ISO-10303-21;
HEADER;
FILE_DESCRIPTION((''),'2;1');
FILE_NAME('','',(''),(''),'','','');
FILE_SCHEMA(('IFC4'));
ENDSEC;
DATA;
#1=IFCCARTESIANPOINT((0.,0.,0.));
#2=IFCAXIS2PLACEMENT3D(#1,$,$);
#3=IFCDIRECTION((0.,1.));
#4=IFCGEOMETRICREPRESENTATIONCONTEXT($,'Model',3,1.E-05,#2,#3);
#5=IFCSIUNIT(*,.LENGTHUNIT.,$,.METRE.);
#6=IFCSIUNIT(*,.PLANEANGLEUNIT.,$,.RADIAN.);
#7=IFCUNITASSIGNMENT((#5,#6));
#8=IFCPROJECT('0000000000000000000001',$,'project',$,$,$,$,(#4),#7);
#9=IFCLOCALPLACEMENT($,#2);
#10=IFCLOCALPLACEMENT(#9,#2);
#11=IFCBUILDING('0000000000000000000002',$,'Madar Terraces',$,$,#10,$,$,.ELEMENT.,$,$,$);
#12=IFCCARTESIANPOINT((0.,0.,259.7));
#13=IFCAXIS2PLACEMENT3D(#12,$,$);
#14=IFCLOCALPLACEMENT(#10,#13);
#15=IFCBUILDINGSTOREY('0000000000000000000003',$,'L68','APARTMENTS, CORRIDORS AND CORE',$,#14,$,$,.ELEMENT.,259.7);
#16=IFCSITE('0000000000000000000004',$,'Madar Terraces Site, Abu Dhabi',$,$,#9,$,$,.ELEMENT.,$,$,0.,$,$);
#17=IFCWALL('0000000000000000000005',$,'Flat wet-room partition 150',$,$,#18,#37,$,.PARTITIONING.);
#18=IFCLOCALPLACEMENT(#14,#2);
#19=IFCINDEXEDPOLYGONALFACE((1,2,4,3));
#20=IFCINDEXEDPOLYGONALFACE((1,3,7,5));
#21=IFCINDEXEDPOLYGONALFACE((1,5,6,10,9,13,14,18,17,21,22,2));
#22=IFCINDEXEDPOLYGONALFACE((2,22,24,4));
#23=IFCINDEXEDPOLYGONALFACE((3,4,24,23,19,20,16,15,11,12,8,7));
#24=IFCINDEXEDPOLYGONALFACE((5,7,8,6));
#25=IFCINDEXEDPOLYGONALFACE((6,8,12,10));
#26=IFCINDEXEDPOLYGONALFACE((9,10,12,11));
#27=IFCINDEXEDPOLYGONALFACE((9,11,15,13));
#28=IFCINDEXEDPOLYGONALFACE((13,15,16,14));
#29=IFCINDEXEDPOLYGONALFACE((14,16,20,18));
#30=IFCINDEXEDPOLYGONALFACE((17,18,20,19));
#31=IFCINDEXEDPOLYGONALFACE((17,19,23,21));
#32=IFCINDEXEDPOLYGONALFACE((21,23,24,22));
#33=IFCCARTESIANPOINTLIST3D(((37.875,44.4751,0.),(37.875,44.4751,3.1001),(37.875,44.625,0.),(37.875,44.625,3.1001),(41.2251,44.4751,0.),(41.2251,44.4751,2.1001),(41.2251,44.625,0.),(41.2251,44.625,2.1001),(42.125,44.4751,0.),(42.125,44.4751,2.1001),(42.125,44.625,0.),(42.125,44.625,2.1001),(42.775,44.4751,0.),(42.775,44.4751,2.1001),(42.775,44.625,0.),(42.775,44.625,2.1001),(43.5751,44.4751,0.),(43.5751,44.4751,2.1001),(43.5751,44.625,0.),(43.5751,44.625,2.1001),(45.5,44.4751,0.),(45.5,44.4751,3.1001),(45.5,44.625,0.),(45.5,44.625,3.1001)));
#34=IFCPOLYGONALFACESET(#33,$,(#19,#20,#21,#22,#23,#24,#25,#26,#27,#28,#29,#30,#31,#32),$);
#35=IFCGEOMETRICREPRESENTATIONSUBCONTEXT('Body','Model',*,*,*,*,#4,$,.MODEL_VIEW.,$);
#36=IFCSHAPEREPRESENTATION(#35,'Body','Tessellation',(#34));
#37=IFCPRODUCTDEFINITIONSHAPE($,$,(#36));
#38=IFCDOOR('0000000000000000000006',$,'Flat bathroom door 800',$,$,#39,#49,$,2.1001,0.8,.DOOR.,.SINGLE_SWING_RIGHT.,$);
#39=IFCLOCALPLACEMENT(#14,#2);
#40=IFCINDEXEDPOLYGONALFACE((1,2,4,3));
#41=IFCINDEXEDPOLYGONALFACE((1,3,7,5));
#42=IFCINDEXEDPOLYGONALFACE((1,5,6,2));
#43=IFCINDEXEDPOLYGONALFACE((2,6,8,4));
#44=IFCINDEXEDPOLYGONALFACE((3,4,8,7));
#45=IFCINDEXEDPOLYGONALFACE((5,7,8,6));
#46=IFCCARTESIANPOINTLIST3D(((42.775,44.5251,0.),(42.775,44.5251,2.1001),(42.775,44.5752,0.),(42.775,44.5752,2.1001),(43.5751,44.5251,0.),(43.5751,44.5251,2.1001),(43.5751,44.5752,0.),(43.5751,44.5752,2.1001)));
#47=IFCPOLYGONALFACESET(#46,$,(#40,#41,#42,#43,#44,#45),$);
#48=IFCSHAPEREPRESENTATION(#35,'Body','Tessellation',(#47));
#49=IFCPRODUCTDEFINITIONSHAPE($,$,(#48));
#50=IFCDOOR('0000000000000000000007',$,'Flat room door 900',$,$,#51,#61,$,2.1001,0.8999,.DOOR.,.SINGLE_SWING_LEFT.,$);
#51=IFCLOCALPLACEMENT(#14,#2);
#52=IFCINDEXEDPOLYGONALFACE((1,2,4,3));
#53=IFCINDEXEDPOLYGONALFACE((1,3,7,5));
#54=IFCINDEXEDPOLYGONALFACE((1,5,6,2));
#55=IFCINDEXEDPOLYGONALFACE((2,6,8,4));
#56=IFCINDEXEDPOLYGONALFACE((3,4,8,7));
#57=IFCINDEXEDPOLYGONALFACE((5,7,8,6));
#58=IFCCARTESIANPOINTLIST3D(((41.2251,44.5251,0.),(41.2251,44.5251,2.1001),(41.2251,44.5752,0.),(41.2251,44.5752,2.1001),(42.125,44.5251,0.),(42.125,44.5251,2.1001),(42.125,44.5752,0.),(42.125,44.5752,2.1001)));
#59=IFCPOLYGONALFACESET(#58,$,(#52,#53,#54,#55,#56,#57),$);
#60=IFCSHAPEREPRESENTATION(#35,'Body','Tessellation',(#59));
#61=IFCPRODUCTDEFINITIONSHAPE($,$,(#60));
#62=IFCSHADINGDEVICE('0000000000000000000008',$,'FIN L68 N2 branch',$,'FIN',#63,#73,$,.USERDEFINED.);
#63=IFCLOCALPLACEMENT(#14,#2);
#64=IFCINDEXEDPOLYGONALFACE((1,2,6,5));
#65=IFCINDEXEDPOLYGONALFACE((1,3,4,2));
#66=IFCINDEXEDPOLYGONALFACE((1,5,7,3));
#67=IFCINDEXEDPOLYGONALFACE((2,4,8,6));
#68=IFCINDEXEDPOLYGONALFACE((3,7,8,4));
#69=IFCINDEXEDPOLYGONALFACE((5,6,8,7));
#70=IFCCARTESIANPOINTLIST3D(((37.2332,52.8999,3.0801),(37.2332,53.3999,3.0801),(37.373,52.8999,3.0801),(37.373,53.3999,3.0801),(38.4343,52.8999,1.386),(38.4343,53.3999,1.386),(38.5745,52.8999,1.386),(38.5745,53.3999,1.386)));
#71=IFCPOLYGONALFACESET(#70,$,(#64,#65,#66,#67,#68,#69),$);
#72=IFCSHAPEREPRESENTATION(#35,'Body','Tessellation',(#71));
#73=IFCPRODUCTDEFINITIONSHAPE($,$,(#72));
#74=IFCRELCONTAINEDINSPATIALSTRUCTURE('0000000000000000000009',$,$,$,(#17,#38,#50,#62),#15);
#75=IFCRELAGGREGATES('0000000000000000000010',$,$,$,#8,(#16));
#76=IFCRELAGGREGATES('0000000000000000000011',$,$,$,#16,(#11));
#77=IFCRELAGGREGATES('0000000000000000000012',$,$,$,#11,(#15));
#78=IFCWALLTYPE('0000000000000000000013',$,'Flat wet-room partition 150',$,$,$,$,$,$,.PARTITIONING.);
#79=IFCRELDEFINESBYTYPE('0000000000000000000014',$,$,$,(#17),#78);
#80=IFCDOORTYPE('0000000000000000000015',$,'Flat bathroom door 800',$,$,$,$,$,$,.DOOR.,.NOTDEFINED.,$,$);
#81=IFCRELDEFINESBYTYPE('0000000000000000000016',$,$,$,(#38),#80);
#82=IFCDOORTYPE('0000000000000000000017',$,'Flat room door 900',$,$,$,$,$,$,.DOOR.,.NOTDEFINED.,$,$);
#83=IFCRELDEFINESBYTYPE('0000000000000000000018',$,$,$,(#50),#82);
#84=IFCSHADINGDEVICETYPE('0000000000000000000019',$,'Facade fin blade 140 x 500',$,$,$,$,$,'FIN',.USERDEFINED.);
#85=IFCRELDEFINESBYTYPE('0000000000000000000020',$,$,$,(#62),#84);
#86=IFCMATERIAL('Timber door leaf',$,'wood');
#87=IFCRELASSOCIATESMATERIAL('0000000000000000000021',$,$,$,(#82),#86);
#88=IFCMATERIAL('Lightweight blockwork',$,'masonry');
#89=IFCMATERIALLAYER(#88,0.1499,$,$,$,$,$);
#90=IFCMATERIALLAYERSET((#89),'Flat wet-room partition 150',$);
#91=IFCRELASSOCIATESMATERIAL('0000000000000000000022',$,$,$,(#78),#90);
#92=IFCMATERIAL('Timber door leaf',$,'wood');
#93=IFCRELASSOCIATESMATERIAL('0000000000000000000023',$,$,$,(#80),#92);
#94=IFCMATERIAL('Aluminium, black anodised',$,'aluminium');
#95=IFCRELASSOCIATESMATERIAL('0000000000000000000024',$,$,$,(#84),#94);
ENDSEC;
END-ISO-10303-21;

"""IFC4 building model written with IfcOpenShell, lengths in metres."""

from ifc_helpers import new_model, si_unit, direction, frame, frame_2d, origin, place, context, subcontext, project, spatial, polyline, rectangle, outline, extrude, material, layer, layer_set, type_object, element, fill, save


model = new_model("IFC4")

# Units and contexts
model_context = context("Model", 3, precision=1e-05, world=origin(), true_north=direction((0.0, 1.0)))
body_context = subcontext(model_context, "Body", "Model", "MODEL_VIEW")
ifc_project = project(units=[si_unit("LENGTHUNIT", "METRE"), si_unit("PLANEANGLEUNIT", "RADIAN")], contexts=[model_context])

# Site, building, storey
site_placement = place(None, origin())
site = spatial("IfcSite", under=ifc_project, at=site_placement, Name="Madar Terraces Site, Abu Dhabi", CompositionType="ELEMENT", RefElevation=0.0)
building_placement = place(site_placement, origin())
building = spatial("IfcBuilding", under=site, at=building_placement, Name="Madar Terraces", CompositionType="ELEMENT")
storey_placement = place(building_placement, frame((0.0, 0.0, 259.7)))
storey = spatial("IfcBuildingStorey", under=building, at=storey_placement, Name="L68", Description="APARTMENTS, CORRIDORS AND CORE", CompositionType="ELEMENT", Elevation=259.7)

# Shared definitions
ifc_material_1 = material(Name="Timber door leaf", Category="wood")
door_type_1 = type_object("IfcDoorType", Name="Flat room door 900", OperationType="NOTDEFINED", PredefinedType="DOOR", material=ifc_material_1)

# Shared definitions
ifc_material_2 = material(Name="Lightweight blockwork", Category="masonry")
ifc_layer_1 = layer(ifc_material_2, 0.1499)
ifc_layer_set_1 = layer_set([ifc_layer_1], Name="Flat wet-room partition 150")
wall_type_1 = type_object("IfcWallType", Name="Flat wet-room partition 150", PredefinedType="PARTITIONING", material=ifc_layer_set_1)

# Wall, openings, doors
wall_1_placement = place(storey_placement, frame((45.5, 44.55, 0.0), z_axis=(0.0, 0.0, 1.0), x_axis=(-1.0, 0.0, 0.0)))
wall_1 = element("IfcWall", 1, at=wall_1_placement, inside=storey, type_object=wall_type_1, Name="Flat wet-room partition 150", PredefinedType="PARTITIONING", context=body_context, shape_type="SweptSolid", body=[
    extrude(rectangle(XDim=7.625, YDim=0.1499, at=frame_2d((3.8125, 0.0))), origin(), (0.0, 0.0, 1.0), 3.1001),
])
opening_1_placement = place(wall_1_placement, frame((3.375, 0.0, 0.0)))
opening_1 = element("IfcOpeningElement", 2, at=opening_1_placement, cuts=wall_1, PredefinedType="OPENING", context=body_context, shape_type="SweptSolid", body=[
    extrude(rectangle(XDim=0.8999, YDim=2.1001, at=frame_2d((0.45, 1.05))), frame((0.0, 0.085, 0.0), z_axis=(0.0, -1.0, 0.0), x_axis=(1.0, 0.0, 0.0)), (0.0, 0.0, 1.0), 0.1699),
])
opening_2_placement = place(wall_1_placement, frame((1.925, 0.0, 0.0)))
opening_2 = element("IfcOpeningElement", 3, at=opening_2_placement, cuts=wall_1, PredefinedType="OPENING", context=body_context, shape_type="SweptSolid", body=[
    extrude(rectangle(XDim=0.8, YDim=2.1001, at=frame_2d((0.3999, 1.05))), frame((0.0, 0.085, 0.0), z_axis=(0.0, -1.0, 0.0), x_axis=(1.0, 0.0, 0.0)), (0.0, 0.0, 1.0), 0.1699),
])
ifc_material_3 = material(Name="Timber door leaf", Category="wood")
door_type_2 = type_object("IfcDoorType", Name="Flat bathroom door 800", OperationType="NOTDEFINED", PredefinedType="DOOR", material=ifc_material_3)
door_1_placement = place(opening_2_placement, origin())
door_1 = element("IfcDoor", 4, at=door_1_placement, inside=storey, type_object=door_type_2, Name="Flat bathroom door 800", OperationType="SINGLE_SWING_RIGHT", OverallHeight=2.1001, OverallWidth=0.8, PredefinedType="DOOR", context=body_context, shape_type="SweptSolid", body=[
    extrude(rectangle(XDim=0.8, YDim=2.1001, at=frame_2d((0.3999, 1.05))), frame((0.0, 0.0249, 0.0), z_axis=(0.0, -1.0, 0.0), x_axis=(1.0, 0.0, 0.0)), (0.0, 0.0, 1.0), 0.05),
])
fill(opening_2, door_1)
door_2_placement = place(opening_1_placement, origin())
door_2 = element("IfcDoor", 5, at=door_2_placement, inside=storey, type_object=door_type_1, Name="Flat room door 900", OperationType="SINGLE_SWING_LEFT", OverallHeight=2.1001, OverallWidth=0.8999, PredefinedType="DOOR", context=body_context, shape_type="SweptSolid", body=[
    extrude(rectangle(XDim=0.8999, YDim=2.1001, at=frame_2d((0.45, 1.05))), frame((0.0, 0.0249, 0.0), z_axis=(0.0, -1.0, 0.0), x_axis=(1.0, 0.0, 0.0)), (0.0, 0.0, 1.0), 0.05),
])
fill(opening_1, door_2)

# Shading device
ifc_material_4 = material(Name="Aluminium, black anodised", Category="aluminium")
shading_device_type = type_object("IfcShadingDeviceType", Name="Facade fin blade 140 x 500", ElementType="FIN", PredefinedType="USERDEFINED", material=ifc_material_4)
shading_device_placement = place(storey_placement, frame((38.5745, 53.1499, 1.386), z_axis=(0.0, 0.0, 1.0), x_axis=(-1.0, 0.0, 0.0)))
element("IfcShadingDevice", 6, at=shading_device_placement, inside=storey, type_object=shading_device_type, Name="FIN L68 N2 branch", ObjectType="FIN", PredefinedType="USERDEFINED", context=body_context, shape_type="SweptSolid", body=[
    extrude(outline(polyline([(0.0, 0.0), (0.1401, 0.0), (1.3413, 1.6941), (1.2014, 1.6941), (0.0, 0.0)])), frame((0.0, 0.25, 0.0), z_axis=(0.0, -1.0, 0.0), x_axis=(1.0, 0.0, 0.0)), (0.0, 0.0, 1.0), 0.5),
])

save(model, "model.ifc")
